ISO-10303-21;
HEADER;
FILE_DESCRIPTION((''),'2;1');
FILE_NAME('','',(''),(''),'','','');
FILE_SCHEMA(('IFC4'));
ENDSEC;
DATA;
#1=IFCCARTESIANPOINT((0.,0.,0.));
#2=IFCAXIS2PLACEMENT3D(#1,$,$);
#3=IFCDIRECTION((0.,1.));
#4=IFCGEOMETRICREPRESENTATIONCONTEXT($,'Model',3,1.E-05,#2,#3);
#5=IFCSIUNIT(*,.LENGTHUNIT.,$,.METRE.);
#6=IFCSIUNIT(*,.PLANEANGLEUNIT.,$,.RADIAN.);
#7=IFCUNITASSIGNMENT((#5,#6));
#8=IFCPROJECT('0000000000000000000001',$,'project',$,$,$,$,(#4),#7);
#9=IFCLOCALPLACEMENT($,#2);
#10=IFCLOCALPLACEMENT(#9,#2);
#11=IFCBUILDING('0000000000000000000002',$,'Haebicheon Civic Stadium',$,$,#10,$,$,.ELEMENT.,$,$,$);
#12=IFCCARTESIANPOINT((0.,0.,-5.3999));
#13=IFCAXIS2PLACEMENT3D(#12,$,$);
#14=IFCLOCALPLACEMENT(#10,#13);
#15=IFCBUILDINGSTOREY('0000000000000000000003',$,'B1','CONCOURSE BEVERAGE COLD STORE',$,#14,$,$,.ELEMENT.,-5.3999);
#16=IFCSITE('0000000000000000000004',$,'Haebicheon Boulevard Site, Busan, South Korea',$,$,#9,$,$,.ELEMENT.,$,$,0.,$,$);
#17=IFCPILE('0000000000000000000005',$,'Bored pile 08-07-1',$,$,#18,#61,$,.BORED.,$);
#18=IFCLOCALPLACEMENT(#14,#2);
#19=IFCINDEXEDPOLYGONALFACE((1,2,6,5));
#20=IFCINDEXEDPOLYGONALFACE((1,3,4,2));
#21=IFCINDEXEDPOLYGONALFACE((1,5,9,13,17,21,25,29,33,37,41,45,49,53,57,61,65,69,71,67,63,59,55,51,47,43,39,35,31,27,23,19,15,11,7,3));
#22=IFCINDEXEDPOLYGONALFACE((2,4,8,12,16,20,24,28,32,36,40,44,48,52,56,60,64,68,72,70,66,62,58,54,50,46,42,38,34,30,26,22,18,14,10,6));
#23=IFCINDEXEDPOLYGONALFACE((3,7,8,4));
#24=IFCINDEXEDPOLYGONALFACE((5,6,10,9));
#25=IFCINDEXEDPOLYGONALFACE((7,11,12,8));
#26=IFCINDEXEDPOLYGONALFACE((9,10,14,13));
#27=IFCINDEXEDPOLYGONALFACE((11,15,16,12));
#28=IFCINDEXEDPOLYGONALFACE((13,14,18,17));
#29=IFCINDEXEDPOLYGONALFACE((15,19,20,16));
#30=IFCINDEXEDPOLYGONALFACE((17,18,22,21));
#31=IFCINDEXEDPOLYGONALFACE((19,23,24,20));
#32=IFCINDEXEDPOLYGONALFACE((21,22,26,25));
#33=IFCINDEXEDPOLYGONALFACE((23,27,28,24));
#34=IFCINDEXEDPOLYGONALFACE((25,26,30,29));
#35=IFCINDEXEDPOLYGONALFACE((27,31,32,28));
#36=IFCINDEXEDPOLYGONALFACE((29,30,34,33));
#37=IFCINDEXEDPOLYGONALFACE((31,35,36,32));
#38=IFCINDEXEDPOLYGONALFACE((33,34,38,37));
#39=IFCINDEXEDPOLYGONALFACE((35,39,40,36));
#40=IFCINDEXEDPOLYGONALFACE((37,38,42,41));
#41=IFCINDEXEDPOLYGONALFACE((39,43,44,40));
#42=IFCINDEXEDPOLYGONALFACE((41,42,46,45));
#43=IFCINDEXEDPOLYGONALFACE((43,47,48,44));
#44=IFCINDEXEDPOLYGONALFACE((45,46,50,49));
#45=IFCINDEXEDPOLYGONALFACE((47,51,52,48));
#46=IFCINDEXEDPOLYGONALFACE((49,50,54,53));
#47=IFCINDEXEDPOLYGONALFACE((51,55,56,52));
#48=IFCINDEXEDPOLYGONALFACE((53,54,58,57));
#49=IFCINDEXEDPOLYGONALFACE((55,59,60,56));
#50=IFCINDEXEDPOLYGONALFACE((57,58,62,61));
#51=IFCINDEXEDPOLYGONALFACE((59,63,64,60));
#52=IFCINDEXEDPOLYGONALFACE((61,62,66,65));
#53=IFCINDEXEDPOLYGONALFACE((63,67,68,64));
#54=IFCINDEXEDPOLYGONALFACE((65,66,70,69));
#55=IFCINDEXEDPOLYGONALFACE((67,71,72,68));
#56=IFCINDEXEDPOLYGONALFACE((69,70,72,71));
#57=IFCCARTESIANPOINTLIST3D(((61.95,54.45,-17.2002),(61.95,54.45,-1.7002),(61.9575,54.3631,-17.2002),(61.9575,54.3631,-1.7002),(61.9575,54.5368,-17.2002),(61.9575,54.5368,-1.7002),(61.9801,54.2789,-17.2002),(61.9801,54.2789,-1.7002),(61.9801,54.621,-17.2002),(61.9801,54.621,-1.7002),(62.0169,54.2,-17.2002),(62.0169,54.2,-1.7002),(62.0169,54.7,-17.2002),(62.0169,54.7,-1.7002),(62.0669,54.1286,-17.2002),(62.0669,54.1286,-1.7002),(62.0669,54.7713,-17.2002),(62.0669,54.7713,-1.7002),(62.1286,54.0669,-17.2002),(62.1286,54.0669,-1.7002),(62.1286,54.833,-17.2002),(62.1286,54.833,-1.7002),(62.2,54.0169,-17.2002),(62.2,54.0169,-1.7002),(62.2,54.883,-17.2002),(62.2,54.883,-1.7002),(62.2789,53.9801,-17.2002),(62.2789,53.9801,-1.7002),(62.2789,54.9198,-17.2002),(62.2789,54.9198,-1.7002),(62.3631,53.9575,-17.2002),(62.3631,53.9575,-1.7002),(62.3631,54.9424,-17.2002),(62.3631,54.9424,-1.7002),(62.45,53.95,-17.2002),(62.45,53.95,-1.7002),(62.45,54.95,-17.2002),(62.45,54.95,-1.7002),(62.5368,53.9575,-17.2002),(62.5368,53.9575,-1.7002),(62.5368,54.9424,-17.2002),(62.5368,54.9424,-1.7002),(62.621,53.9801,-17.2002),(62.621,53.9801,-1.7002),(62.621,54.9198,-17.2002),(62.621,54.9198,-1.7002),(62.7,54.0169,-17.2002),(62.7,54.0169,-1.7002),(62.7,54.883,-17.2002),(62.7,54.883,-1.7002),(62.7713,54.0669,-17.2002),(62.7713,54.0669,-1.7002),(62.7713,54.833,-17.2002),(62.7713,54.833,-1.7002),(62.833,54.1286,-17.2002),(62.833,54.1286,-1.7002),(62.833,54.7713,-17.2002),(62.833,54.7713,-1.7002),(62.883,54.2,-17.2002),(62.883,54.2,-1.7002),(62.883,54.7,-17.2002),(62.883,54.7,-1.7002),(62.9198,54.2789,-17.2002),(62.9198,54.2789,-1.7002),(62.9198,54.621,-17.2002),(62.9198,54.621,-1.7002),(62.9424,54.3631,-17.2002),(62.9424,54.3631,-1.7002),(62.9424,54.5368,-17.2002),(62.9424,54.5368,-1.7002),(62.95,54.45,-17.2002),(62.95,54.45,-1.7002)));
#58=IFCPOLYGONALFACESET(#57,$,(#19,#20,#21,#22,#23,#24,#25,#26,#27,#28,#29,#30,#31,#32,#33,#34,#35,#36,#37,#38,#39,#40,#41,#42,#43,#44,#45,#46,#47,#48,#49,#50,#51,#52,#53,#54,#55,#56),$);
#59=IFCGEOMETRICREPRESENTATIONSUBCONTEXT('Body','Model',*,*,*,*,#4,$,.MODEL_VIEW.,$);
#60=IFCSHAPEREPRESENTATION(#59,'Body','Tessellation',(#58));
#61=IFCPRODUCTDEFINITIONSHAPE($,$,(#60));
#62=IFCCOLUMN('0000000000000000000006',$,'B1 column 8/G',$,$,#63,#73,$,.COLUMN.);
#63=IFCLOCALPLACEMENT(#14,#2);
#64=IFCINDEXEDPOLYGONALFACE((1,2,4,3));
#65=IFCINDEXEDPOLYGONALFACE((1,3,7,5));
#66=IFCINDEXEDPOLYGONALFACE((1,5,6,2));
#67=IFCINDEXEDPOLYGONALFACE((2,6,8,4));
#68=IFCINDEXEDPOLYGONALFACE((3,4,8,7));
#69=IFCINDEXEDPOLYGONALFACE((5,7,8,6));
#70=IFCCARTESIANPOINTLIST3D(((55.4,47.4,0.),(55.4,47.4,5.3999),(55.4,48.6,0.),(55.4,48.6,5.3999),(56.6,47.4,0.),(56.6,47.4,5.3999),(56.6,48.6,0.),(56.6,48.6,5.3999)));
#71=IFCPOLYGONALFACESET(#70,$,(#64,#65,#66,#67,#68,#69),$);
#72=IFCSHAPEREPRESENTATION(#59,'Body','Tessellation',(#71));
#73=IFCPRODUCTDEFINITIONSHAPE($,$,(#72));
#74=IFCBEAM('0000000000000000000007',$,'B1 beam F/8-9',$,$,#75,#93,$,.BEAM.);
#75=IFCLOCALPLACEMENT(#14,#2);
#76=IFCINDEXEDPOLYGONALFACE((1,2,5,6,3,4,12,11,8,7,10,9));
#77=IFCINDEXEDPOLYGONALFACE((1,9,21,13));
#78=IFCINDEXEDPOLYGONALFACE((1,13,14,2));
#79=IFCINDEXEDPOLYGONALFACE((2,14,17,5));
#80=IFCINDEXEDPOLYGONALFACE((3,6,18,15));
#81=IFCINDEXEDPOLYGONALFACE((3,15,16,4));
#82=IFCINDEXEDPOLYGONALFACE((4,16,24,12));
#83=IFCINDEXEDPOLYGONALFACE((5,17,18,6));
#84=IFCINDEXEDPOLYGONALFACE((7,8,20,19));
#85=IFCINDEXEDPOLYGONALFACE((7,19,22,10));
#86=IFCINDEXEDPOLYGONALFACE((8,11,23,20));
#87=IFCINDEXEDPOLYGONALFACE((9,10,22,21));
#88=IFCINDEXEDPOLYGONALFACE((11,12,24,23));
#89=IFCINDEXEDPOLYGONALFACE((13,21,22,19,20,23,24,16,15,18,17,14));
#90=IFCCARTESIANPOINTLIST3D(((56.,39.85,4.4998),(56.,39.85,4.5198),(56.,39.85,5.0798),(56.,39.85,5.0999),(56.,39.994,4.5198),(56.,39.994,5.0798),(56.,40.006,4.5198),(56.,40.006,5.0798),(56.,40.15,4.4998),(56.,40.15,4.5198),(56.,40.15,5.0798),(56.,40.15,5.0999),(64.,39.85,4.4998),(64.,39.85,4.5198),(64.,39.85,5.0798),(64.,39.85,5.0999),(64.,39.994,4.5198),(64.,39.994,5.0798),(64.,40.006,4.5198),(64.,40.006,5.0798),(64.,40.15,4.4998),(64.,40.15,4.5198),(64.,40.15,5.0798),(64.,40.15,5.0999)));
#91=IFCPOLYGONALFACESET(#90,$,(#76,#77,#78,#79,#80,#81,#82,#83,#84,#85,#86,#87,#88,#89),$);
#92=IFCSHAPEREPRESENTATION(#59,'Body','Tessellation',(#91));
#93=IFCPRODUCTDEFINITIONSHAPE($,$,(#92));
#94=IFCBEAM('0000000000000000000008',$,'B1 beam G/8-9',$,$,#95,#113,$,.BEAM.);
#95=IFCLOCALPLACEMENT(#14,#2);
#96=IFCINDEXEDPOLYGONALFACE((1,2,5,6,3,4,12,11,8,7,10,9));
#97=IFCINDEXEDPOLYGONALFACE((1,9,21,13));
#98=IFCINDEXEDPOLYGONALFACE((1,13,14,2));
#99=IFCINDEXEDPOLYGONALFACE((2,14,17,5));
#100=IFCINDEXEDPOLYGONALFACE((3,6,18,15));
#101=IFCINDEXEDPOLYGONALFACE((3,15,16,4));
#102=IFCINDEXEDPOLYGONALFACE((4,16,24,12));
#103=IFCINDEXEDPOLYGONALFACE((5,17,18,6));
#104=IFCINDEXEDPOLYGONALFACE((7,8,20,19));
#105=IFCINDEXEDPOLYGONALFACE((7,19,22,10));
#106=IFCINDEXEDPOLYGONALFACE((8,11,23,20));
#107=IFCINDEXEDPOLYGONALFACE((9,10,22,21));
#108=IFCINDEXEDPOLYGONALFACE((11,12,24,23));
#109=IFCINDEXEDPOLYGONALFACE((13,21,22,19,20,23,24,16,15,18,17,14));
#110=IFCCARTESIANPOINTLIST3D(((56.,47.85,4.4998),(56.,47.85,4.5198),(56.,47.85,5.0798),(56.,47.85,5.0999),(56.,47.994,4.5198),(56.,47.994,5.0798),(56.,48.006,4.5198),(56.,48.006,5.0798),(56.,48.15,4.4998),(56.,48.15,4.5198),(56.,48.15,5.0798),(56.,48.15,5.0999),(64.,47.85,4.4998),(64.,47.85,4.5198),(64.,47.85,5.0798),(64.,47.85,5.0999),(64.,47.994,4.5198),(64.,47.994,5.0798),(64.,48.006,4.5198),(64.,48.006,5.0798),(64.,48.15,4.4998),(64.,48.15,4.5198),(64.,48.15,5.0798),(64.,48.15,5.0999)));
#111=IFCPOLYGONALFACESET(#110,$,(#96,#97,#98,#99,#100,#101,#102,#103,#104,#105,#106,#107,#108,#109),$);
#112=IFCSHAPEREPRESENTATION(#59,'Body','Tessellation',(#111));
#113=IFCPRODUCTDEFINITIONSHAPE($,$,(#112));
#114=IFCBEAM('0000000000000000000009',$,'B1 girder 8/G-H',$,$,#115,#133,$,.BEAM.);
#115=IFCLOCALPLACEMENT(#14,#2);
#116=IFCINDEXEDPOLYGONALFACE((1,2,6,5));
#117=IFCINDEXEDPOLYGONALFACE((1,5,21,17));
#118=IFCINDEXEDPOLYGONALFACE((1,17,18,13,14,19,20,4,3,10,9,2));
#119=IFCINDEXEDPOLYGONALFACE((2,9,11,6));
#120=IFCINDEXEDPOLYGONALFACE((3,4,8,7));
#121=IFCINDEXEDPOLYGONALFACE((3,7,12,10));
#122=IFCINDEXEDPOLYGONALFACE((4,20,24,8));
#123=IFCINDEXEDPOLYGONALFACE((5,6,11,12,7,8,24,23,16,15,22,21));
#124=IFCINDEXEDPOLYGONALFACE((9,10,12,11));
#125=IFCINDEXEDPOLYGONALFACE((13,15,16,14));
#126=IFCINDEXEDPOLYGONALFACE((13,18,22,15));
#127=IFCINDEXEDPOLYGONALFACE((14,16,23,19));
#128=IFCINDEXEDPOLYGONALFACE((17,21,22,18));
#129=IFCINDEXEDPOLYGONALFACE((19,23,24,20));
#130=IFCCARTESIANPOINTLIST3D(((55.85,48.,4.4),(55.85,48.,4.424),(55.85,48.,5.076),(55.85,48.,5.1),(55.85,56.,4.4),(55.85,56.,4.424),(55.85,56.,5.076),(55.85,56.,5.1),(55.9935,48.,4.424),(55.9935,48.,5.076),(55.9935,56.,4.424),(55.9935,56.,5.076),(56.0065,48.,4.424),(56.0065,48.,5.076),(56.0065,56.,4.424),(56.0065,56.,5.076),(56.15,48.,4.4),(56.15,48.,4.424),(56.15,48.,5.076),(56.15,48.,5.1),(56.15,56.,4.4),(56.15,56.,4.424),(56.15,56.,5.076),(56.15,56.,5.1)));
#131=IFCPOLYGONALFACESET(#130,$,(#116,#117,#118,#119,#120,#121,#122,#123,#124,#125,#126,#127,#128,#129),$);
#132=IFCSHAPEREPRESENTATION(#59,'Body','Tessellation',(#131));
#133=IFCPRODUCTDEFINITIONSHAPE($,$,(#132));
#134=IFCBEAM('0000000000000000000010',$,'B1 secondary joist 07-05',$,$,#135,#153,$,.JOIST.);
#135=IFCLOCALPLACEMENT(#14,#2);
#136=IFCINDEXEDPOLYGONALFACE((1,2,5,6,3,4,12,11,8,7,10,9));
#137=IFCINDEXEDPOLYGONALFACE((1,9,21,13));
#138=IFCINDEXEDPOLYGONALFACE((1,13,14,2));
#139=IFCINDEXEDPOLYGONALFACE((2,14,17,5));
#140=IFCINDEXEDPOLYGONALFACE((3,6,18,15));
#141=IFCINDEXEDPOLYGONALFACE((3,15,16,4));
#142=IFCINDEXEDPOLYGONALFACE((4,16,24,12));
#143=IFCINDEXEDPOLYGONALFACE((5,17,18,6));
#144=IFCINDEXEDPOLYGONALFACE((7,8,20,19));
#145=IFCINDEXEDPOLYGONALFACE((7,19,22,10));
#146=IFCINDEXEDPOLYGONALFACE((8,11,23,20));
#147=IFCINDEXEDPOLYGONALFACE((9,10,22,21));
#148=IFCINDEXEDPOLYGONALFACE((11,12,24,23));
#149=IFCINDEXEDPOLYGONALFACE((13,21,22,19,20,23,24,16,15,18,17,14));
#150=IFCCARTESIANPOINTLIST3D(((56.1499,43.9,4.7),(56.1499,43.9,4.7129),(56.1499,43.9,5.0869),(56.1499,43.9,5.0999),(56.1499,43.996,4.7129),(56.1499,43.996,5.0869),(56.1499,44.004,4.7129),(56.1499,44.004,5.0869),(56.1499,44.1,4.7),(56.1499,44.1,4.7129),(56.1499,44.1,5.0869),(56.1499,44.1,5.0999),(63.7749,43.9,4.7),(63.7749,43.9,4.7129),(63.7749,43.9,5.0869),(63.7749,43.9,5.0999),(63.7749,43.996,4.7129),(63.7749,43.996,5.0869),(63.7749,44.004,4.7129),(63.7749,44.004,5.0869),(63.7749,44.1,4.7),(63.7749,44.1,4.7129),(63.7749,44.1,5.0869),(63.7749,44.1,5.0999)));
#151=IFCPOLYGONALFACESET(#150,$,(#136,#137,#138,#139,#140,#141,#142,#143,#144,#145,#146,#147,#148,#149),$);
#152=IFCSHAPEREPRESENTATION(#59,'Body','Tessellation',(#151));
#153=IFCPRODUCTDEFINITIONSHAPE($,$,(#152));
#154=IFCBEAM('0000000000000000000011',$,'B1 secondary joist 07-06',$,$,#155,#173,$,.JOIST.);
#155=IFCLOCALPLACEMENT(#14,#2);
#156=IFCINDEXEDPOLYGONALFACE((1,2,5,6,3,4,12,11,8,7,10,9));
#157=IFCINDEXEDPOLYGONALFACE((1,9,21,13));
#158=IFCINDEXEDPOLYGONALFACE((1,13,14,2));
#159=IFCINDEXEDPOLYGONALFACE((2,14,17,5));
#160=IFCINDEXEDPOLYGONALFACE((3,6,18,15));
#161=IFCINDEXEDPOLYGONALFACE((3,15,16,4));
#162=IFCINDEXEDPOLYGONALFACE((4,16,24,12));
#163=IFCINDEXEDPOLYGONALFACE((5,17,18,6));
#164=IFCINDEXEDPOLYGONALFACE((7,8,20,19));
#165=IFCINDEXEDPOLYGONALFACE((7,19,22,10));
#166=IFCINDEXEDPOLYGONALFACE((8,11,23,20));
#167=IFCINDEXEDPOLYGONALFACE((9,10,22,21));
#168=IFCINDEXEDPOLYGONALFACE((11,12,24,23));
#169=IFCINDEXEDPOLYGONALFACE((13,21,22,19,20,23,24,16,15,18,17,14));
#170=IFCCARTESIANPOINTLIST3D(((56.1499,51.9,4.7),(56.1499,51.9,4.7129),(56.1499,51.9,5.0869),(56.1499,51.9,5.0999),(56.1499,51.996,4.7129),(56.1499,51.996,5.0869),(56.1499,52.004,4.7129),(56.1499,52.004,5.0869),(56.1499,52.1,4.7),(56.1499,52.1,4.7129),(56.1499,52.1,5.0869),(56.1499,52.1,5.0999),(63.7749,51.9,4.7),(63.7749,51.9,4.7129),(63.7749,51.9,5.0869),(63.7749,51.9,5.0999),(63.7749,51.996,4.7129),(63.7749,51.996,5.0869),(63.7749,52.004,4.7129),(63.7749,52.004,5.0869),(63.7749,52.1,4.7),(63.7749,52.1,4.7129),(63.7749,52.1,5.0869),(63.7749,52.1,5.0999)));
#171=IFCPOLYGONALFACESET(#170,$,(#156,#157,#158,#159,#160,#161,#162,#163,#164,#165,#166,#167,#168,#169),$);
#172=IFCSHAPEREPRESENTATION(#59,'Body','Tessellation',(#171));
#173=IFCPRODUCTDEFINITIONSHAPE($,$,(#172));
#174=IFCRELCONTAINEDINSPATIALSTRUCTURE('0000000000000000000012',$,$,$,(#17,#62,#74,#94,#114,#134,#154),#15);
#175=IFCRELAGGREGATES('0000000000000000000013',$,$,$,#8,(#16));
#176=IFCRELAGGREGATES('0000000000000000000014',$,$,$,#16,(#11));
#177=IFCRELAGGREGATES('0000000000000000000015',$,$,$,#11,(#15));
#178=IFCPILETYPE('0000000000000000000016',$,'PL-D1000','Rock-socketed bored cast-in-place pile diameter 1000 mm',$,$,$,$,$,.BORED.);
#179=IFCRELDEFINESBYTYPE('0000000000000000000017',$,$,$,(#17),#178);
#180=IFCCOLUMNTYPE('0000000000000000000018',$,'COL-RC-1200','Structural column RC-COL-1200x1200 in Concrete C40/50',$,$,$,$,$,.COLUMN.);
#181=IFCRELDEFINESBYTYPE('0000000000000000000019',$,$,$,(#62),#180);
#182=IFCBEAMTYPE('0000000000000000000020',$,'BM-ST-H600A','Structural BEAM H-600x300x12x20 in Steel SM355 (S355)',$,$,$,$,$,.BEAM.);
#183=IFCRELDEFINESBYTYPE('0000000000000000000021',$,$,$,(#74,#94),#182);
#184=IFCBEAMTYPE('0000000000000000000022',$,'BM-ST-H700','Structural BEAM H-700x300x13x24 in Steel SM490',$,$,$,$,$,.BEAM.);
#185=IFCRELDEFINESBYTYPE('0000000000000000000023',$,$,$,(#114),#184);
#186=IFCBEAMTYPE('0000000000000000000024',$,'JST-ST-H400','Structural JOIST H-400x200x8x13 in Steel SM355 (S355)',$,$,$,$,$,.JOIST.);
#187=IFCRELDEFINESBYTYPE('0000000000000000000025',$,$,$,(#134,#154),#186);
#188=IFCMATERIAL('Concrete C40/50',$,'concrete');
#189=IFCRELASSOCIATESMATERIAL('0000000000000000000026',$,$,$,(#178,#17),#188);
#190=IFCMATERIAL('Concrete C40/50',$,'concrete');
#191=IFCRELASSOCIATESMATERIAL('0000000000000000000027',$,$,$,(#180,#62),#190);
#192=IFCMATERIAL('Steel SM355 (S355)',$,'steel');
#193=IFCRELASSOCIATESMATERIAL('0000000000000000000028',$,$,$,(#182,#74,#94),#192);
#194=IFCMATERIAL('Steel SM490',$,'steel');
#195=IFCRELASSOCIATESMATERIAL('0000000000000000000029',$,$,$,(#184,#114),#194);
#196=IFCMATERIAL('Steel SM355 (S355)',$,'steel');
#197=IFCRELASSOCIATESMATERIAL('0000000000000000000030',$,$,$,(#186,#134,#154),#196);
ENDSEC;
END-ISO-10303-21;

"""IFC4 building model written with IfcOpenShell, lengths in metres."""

from ifc_helpers import new_model, si_unit, direction, frame, origin, origin_2d, place, context, subcontext, project, spatial, rectangle, circle, i_section, extrude, material, material_profile, profile_set, type_object, element, save


model = new_model("IFC4")

# Units and contexts
model_context = context("Model", 3, precision=1e-05, world=origin(), true_north=direction((0.0, 1.0)))
body_context = subcontext(model_context, "Body", "Model", "MODEL_VIEW")
ifc_project = project(units=[si_unit("LENGTHUNIT", "METRE"), si_unit("PLANEANGLEUNIT", "RADIAN")], contexts=[model_context])

# Site, building, storey
site_placement = place(None, origin())
site = spatial("IfcSite", under=ifc_project, at=site_placement, Name="Haebicheon Boulevard Site, Busan, South Korea", CompositionType="ELEMENT", RefElevation=0.0)
building_placement = place(site_placement, origin())
building = spatial("IfcBuilding", under=site, at=building_placement, Name="Haebicheon Civic Stadium", CompositionType="ELEMENT")
storey_placement = place(building_placement, frame((0.0, 0.0, -5.3999)))
storey = spatial("IfcBuildingStorey", under=building, at=storey_placement, Name="B1", Description="CONCOURSE BEVERAGE COLD STORE", CompositionType="ELEMENT", Elevation=-5.3999)

# Pile
ifc_material_1 = material(Name="Concrete C40/50", Category="concrete")
ifc_material_profile_1 = material_profile(ifc_material_1, circle(Radius=0.5, at=origin_2d()), Name="PILE-D1000")
ifc_profile_set_1 = profile_set([ifc_material_profile_1], Name="Concrete C40/50")
pile_type = type_object("IfcPileType", Name="PL-D1000", Description="Rock-socketed bored cast-in-place pile diameter 1000 mm", PredefinedType="BORED", material=ifc_profile_set_1)
for number, where, z_axis, x_axis, name in (
    (1, (62.45, 54.45, -1.7002), (0.0, 0.0, -1.0), (1.0, 0.0, 0.0), "Bored pile 08-07-1"),
):
    element("IfcPile", number, at=place(storey_placement, frame(where, z_axis=z_axis, x_axis=x_axis)), inside=storey, type_object=pile_type, material=ifc_profile_set_1, Name=name, PredefinedType="BORED", context=body_context, shape_type="SweptSolid", body=[
        extrude(circle(Radius=0.5, at=origin_2d()), origin(), (0.0, 0.0, 1.0), 15.5),
    ])

# Column
ifc_material_2 = material(Name="Concrete C40/50", Category="concrete")
ifc_material_profile_2 = material_profile(ifc_material_2, rectangle(XDim=1.2, YDim=1.2, at=origin_2d()), Name="RC-COL-1200x1200")
ifc_profile_set_2 = profile_set([ifc_material_profile_2], Name="Concrete C40/50")
column_type = type_object("IfcColumnType", Name="COL-RC-1200", Description="Structural column RC-COL-1200x1200 in Concrete C40/50", PredefinedType="COLUMN", material=ifc_profile_set_2)
column_placement = place(storey_placement, frame((56.0, 48.0, 0.0), z_axis=(0.0, 0.0, 1.0), x_axis=(1.0, 0.0, 0.0)))
element("IfcColumn", 2, at=column_placement, inside=storey, type_object=column_type, material=ifc_profile_set_2, Name="B1 column 8/G", PredefinedType="COLUMN", context=body_context, shape_type="SweptSolid", body=[
    extrude(rectangle(XDim=1.2, YDim=1.2, at=origin_2d()), origin(), (0.0, 0.0, 1.0), 5.3999),
])

# Beams
ifc_material_3 = material(Name="Steel SM355 (S355)", Category="steel")
ifc_material_profile_3 = material_profile(ifc_material_3, i_section(OverallWidth=0.3, OverallDepth=0.6001, WebThickness=0.012, FlangeThickness=0.02, at=origin_2d()), Name="H-600x300x12x20")
ifc_profile_set_3 = profile_set([ifc_material_profile_3], Name="Steel SM355 (S355)")
beam_type_1 = type_object("IfcBeamType", Name="BM-ST-H600A", Description="Structural BEAM H-600x300x12x20 in Steel SM355 (S355)", PredefinedType="BEAM", material=ifc_profile_set_3)
for number, where, z_axis, x_axis, name in (
    (3, (56.0, 40.0, 4.7998), (1.0, 0.0, 0.0), (0.0, 1.0, 0.0), "B1 beam F/8-9"),
    (4, (56.0, 48.0, 4.7998), (1.0, 0.0, 0.0), (0.0, 1.0, 0.0), "B1 beam G/8-9"),
):
    element("IfcBeam", number, at=place(storey_placement, frame(where, z_axis=z_axis, x_axis=x_axis)), inside=storey, type_object=beam_type_1, material=ifc_profile_set_3, Name=name, PredefinedType="BEAM", context=body_context, shape_type="SweptSolid", body=[
        extrude(i_section(OverallWidth=0.3, OverallDepth=0.6001, WebThickness=0.012, FlangeThickness=0.02, at=origin_2d()), origin(), (0.0, 0.0, 1.0), 8.0),
    ])
ifc_material_4 = material(Name="Steel SM490", Category="steel")
ifc_material_profile_4 = material_profile(ifc_material_4, i_section(OverallWidth=0.3, OverallDepth=0.7, WebThickness=0.0129, FlangeThickness=0.0239, at=origin_2d()), Name="H-700x300x13x24")
ifc_profile_set_4 = profile_set([ifc_material_profile_4], Name="Steel SM490")
beam_type_2 = type_object("IfcBeamType", Name="BM-ST-H700", Description="Structural BEAM H-700x300x13x24 in Steel SM490", PredefinedType="BEAM", material=ifc_profile_set_4)
beam_placement = place(storey_placement, frame((56.0, 48.0, 4.75), z_axis=(0.0, 1.0, 0.0), x_axis=(-1.0, 0.0, 0.0)))
element("IfcBeam", 5, at=beam_placement, inside=storey, type_object=beam_type_2, material=ifc_profile_set_4, Name="B1 girder 8/G-H", PredefinedType="BEAM", context=body_context, shape_type="SweptSolid", body=[
    extrude(i_section(OverallWidth=0.3, OverallDepth=0.7, WebThickness=0.0129, FlangeThickness=0.0239, at=origin_2d()), origin(), (0.0, 0.0, 1.0), 8.0),
])
ifc_material_5 = material(Name="Steel SM355 (S355)", Category="steel")
ifc_material_profile_5 = material_profile(ifc_material_5, i_section(OverallWidth=0.2, OverallDepth=0.3999, WebThickness=0.0081, FlangeThickness=0.0129, at=origin_2d()), Name="H-400x200x8x13")
ifc_profile_set_5 = profile_set([ifc_material_profile_5], Name="Steel SM355 (S355)")
beam_type_3 = type_object("IfcBeamType", Name="JST-ST-H400", Description="Structural JOIST H-400x200x8x13 in Steel SM355 (S355)", PredefinedType="JOIST", material=ifc_profile_set_5)
for number, where, z_axis, x_axis, name in (
    (6, (56.1499, 44.0, 4.8999), (1.0, 0.0, 0.0), (0.0, 1.0, 0.0), "B1 secondary joist 07-05"),
    (7, (56.1499, 52.0, 4.8999), (1.0, 0.0, 0.0), (0.0, 1.0, 0.0), "B1 secondary joist 07-06"),
):
    element("IfcBeam", number, at=place(storey_placement, frame(where, z_axis=z_axis, x_axis=x_axis)), inside=storey, type_object=beam_type_3, material=ifc_profile_set_5, Name=name, PredefinedType="JOIST", context=body_context, shape_type="SweptSolid", body=[
        extrude(i_section(OverallWidth=0.2, OverallDepth=0.3999, WebThickness=0.0081, FlangeThickness=0.0129, at=origin_2d()), origin(), (0.0, 0.0, 1.0), 7.625),
    ])

save(model, "model.ifc")
